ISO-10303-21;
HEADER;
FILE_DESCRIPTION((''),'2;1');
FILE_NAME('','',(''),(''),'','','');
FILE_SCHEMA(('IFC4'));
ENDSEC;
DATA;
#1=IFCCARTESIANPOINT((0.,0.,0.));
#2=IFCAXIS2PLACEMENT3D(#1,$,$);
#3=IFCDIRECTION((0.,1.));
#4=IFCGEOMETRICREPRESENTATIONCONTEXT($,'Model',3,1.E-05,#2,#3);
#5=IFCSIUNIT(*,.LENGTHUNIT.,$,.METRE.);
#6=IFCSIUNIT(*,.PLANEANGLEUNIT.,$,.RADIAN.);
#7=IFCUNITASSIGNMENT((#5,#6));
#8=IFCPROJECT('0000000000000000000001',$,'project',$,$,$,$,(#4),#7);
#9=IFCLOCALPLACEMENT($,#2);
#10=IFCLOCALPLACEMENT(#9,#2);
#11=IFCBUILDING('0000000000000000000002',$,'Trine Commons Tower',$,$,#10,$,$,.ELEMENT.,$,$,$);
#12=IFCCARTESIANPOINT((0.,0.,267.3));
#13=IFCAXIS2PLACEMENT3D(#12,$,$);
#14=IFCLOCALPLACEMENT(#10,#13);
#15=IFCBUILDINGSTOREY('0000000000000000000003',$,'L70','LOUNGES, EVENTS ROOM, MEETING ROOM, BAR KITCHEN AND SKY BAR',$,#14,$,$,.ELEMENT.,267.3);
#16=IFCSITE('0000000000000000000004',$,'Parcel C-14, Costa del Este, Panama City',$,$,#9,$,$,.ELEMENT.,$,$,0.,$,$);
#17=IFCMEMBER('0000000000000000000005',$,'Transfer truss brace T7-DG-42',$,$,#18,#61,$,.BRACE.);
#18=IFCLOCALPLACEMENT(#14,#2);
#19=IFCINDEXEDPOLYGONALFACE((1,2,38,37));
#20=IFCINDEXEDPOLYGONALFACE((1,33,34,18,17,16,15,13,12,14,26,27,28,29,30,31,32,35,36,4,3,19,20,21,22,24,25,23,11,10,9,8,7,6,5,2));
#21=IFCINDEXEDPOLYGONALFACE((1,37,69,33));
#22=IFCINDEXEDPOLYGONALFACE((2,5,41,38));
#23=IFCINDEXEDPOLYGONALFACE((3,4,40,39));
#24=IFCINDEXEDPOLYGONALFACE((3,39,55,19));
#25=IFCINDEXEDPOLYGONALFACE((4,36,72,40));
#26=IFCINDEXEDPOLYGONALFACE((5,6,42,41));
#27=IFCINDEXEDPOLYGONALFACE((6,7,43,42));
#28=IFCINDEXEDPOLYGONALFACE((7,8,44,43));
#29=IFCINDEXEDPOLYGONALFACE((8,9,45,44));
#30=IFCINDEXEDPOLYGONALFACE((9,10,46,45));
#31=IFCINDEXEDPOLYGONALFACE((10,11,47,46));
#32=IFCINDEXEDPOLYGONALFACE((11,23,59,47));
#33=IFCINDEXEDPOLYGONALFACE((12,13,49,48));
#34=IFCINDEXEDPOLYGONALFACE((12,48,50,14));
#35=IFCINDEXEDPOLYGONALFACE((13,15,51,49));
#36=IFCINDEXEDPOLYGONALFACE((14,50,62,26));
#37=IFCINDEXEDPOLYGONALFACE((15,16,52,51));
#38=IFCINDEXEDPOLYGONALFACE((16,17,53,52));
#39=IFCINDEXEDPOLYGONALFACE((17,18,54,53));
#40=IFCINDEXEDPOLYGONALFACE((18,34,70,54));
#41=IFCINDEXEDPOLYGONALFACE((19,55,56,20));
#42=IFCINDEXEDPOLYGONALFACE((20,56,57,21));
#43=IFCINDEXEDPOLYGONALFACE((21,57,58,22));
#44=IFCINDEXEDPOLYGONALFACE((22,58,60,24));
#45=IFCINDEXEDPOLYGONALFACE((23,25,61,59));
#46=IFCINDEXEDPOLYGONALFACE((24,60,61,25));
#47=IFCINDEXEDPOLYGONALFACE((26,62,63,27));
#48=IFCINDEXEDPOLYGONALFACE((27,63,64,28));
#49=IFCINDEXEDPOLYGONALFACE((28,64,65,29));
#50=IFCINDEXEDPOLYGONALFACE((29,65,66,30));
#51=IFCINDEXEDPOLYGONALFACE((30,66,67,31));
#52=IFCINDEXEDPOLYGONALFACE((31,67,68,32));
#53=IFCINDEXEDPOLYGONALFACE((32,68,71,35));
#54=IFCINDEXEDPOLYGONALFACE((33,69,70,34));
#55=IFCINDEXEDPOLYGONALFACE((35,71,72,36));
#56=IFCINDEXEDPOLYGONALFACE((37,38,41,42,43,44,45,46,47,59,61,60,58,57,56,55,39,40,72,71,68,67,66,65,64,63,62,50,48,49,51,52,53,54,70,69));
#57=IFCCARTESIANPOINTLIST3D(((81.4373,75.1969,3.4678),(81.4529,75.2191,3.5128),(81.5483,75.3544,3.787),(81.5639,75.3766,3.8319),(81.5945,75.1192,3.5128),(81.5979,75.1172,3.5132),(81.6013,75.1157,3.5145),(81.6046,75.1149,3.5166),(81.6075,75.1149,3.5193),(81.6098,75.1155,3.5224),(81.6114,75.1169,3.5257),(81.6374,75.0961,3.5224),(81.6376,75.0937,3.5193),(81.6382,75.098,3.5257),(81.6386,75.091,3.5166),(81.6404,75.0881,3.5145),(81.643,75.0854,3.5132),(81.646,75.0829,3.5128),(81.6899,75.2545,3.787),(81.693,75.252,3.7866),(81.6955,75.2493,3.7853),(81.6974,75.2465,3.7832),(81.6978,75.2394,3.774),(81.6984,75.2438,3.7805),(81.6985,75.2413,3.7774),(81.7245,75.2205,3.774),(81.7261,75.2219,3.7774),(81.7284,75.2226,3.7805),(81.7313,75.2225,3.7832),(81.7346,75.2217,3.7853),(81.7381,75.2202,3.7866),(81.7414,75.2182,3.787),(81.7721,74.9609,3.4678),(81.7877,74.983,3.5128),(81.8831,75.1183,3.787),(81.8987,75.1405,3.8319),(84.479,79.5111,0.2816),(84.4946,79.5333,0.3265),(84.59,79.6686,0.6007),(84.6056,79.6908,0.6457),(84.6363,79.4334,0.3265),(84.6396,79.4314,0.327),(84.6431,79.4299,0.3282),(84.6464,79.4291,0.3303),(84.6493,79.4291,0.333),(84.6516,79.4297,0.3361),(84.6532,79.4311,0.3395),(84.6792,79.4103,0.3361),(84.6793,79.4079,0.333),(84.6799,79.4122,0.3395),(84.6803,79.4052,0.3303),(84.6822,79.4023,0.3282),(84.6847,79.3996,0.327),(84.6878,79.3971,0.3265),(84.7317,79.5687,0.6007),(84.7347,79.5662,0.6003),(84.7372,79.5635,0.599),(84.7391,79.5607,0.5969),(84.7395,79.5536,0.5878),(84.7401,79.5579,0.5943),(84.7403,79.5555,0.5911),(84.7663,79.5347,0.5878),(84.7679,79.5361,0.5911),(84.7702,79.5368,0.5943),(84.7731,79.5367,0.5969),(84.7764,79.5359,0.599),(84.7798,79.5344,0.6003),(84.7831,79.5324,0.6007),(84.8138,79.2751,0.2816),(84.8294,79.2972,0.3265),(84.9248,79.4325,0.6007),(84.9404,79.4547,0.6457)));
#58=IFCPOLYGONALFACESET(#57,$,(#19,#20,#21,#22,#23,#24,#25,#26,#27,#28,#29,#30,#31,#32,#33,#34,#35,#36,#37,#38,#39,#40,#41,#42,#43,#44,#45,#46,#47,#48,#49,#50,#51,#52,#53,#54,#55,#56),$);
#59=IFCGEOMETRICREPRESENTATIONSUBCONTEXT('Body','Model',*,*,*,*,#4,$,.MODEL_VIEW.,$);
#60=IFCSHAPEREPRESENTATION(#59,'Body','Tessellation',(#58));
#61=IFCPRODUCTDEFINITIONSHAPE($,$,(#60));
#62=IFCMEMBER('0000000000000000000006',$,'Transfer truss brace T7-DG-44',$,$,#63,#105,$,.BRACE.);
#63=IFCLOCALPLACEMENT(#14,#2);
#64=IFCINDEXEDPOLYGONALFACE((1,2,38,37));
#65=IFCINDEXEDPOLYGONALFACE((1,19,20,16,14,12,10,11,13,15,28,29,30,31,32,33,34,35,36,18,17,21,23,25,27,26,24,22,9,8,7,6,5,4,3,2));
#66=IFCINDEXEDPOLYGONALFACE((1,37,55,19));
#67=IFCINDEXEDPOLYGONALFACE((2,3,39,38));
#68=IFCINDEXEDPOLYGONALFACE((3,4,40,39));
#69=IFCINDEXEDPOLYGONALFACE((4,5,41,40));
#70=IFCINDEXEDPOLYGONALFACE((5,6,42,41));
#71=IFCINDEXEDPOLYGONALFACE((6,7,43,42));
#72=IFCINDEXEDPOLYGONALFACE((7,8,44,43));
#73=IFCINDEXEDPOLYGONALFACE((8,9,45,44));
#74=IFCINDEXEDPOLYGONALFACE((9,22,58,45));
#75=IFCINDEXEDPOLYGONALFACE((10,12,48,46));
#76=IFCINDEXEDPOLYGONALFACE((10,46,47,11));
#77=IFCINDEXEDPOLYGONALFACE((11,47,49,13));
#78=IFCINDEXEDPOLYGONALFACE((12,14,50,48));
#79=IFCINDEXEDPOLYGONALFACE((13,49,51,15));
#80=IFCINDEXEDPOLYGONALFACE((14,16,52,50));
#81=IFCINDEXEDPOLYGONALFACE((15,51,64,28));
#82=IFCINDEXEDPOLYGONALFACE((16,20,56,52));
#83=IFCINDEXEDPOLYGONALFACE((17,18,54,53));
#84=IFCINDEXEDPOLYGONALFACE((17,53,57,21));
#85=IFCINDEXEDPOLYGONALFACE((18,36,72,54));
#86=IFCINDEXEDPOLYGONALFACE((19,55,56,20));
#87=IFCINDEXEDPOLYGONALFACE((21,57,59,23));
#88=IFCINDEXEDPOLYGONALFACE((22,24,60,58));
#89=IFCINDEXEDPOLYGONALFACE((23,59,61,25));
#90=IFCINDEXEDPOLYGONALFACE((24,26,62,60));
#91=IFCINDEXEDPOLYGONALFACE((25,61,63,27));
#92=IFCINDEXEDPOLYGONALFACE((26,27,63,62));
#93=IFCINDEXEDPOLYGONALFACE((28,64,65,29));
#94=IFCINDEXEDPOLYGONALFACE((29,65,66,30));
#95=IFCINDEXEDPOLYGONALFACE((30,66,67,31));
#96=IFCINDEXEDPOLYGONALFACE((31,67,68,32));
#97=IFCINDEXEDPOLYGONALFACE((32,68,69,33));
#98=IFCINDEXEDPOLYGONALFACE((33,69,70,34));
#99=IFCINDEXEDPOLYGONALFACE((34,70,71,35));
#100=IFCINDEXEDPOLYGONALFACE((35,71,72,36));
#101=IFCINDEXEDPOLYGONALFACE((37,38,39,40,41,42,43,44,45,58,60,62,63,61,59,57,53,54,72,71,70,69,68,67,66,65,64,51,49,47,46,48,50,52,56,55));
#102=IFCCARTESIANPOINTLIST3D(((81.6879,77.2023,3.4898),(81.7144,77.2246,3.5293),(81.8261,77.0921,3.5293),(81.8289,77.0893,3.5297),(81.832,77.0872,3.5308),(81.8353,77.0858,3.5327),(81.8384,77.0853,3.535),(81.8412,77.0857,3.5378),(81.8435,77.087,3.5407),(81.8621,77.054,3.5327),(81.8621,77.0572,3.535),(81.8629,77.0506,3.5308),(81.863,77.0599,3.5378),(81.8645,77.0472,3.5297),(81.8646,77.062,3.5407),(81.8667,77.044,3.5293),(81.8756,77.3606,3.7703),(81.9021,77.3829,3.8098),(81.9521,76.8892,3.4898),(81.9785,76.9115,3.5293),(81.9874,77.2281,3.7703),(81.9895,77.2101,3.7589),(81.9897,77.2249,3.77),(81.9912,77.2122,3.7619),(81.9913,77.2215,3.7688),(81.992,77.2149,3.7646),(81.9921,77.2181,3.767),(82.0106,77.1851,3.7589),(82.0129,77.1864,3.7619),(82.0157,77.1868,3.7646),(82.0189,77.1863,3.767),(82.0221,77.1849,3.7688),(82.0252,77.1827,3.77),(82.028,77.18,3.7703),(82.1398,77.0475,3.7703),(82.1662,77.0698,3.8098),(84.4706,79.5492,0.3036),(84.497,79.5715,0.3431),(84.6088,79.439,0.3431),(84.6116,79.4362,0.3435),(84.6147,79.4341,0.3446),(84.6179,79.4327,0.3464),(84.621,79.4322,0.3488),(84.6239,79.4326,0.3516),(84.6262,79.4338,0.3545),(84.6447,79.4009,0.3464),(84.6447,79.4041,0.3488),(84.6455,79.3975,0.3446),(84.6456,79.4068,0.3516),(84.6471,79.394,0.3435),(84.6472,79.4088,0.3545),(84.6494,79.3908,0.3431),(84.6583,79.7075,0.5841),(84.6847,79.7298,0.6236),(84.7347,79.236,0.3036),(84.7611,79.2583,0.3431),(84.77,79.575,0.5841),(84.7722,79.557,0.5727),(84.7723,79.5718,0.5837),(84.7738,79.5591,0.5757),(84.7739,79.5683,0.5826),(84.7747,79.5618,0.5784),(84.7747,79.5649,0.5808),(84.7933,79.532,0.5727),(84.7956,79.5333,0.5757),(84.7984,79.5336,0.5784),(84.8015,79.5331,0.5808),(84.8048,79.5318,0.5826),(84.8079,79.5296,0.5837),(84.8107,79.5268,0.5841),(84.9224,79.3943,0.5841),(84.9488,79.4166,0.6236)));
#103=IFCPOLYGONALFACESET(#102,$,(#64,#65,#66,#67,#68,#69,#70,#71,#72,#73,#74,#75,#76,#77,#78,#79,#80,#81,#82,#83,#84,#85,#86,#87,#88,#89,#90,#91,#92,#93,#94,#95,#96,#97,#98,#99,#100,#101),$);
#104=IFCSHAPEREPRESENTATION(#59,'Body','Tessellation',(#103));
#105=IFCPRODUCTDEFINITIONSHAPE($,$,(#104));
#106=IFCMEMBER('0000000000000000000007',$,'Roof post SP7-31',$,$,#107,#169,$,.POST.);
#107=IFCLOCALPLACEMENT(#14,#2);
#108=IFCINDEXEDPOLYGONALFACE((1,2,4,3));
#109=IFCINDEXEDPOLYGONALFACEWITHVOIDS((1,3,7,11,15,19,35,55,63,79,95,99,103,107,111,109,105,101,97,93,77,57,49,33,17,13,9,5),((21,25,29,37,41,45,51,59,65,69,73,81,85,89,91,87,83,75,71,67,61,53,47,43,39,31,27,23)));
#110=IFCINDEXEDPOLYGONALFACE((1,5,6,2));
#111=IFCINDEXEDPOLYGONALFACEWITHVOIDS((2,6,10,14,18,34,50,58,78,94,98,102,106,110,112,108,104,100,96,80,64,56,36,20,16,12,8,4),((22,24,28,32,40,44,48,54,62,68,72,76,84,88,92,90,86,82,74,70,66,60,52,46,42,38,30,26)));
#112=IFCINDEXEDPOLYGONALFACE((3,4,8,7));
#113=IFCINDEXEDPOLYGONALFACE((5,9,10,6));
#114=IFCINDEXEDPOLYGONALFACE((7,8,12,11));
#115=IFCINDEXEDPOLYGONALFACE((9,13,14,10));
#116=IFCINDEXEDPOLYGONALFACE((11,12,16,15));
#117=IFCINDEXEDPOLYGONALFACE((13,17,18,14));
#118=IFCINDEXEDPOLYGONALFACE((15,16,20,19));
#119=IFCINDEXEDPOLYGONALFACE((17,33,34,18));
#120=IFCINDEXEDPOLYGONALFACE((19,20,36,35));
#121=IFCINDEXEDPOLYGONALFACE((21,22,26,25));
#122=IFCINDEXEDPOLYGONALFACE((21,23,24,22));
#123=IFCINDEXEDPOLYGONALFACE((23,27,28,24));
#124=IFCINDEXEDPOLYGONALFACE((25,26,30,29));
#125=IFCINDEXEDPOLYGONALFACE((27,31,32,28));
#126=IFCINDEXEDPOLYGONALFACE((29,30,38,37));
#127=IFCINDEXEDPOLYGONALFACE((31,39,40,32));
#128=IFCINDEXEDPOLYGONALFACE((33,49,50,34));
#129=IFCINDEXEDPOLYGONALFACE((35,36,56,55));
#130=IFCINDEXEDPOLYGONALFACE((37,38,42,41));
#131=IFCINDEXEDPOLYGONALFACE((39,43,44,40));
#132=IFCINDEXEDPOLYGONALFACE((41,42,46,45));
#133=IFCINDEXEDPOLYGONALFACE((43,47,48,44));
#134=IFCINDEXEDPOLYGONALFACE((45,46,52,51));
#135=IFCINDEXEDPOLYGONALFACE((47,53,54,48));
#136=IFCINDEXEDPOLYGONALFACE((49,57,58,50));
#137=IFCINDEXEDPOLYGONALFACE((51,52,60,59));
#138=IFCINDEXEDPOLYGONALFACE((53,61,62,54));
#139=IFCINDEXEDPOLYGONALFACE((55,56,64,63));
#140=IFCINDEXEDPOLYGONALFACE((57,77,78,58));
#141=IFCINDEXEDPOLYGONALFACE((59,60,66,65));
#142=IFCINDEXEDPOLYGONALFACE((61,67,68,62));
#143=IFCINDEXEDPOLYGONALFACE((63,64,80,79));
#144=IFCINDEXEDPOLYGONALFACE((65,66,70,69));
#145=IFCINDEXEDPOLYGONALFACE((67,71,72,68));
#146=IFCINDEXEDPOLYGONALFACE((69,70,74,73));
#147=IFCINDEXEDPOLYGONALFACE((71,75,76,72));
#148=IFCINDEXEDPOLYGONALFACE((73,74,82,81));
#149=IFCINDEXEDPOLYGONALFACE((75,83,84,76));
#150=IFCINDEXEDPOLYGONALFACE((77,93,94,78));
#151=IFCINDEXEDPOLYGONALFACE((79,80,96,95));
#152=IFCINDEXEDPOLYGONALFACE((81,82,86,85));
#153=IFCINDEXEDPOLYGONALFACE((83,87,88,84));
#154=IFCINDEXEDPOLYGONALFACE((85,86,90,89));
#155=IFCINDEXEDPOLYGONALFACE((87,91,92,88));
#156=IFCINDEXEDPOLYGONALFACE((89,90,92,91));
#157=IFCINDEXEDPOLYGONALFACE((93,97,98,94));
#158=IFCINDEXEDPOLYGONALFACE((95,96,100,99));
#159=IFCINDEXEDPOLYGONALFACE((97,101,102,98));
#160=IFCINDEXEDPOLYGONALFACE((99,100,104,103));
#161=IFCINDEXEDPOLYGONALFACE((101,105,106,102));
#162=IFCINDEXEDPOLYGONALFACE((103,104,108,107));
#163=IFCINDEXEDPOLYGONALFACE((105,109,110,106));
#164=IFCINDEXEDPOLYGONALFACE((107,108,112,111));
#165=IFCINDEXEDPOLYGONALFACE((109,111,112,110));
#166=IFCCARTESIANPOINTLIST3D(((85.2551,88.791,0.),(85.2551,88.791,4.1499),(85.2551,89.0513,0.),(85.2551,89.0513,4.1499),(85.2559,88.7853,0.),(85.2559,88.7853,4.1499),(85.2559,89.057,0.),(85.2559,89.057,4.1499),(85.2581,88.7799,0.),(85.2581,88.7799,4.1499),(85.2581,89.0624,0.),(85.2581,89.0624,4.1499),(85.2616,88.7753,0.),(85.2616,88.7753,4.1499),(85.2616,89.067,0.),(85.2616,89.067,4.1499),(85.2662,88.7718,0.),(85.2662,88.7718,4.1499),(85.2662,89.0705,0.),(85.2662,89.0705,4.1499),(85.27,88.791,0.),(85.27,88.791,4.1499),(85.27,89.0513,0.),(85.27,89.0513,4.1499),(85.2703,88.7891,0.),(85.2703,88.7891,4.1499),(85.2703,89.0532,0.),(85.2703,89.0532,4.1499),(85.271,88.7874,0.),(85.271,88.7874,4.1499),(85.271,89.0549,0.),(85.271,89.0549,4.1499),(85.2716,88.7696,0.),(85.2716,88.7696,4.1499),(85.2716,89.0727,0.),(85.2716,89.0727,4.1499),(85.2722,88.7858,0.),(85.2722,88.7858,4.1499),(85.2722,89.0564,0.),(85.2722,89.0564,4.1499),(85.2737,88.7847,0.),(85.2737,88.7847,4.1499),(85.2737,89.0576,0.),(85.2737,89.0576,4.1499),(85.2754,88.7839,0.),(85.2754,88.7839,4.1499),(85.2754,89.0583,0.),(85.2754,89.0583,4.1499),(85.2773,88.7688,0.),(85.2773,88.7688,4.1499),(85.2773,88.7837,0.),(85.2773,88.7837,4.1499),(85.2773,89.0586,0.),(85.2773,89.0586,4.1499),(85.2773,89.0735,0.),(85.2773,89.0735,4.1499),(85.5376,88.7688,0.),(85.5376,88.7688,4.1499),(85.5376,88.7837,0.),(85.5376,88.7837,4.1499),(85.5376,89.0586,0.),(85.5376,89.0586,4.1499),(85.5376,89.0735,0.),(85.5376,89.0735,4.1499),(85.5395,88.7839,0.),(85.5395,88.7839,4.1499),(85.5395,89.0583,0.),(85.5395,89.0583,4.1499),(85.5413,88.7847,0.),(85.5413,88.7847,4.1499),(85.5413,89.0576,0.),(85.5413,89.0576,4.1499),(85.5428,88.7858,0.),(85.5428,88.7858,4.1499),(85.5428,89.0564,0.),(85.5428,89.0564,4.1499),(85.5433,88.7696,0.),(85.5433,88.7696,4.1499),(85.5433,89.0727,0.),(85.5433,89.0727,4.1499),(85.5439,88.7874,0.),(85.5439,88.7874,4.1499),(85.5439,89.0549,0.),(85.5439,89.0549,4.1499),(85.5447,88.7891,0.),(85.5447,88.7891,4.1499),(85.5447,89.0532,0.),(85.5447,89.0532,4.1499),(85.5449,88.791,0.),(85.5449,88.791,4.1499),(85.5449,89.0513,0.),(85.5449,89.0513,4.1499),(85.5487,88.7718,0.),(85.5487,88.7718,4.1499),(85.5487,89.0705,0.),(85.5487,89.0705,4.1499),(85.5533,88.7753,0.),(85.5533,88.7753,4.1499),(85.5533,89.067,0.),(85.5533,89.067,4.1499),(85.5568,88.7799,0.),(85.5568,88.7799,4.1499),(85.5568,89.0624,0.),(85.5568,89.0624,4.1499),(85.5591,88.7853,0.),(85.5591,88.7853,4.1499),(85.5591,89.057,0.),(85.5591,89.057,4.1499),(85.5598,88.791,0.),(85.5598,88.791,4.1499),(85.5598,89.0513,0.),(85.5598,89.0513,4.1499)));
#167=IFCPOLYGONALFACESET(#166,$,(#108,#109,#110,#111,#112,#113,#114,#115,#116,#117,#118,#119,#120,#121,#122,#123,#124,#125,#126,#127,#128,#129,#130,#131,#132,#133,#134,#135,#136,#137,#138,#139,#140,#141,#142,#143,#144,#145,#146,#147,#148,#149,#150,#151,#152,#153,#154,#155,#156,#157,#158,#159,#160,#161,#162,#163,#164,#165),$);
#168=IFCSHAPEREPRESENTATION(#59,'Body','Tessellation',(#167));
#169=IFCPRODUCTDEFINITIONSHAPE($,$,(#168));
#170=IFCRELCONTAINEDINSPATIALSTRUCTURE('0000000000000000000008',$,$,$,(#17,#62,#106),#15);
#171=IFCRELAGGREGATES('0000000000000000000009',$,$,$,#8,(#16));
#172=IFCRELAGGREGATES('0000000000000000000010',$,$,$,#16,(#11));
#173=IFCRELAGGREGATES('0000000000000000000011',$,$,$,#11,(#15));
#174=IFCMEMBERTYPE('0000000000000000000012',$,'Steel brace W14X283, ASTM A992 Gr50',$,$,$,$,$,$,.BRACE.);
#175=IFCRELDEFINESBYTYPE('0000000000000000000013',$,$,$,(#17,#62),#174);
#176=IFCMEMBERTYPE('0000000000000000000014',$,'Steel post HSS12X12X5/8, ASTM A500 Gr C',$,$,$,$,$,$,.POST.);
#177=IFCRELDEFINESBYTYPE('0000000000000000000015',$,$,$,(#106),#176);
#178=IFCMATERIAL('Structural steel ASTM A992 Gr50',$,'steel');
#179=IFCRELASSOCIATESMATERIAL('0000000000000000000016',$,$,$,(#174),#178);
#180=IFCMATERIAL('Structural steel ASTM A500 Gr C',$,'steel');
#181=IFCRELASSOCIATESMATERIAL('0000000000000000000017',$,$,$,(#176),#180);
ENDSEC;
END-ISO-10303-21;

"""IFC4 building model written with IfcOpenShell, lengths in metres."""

from ifc_helpers import new_model, si_unit, direction, frame, origin, origin_2d, place, context, subcontext, project, spatial, hollow_rectangle, i_section, extrude, material, material_profile, profile_set, type_object, element, save


model = new_model("IFC4")

# Units and contexts
model_context = context("Model", 3, precision=1e-05, world=origin(), true_north=direction((0.0, 1.0)))
body_context = subcontext(model_context, "Body", "Model", "MODEL_VIEW")
ifc_project = project(units=[si_unit("LENGTHUNIT", "METRE"), si_unit("PLANEANGLEUNIT", "RADIAN")], contexts=[model_context])

# Site, building, storey
site_placement = place(None, origin())
site = spatial("IfcSite", under=ifc_project, at=site_placement, Name="Parcel C-14, Costa del Este, Panama City", CompositionType="ELEMENT", RefElevation=0.0)
building_placement = place(site_placement, origin())
building = spatial("IfcBuilding", under=site, at=building_placement, Name="Trine Commons Tower", CompositionType="ELEMENT")
storey_placement = place(building_placement, frame((0.0, 0.0, 267.3)))
storey = spatial("IfcBuildingStorey", under=building, at=storey_placement, Name="L70", Description="LOUNGES, EVENTS ROOM, MEETING ROOM, BAR KITCHEN AND SKY BAR", CompositionType="ELEMENT", Elevation=267.3)

# Members
ifc_material_1 = material(Name="Structural steel ASTM A992 Gr50", Category="steel")
ifc_material_profile_1 = material_profile(ifc_material_1, i_section(OverallWidth=0.4097, OverallDepth=0.4253, WebThickness=0.0327, FlangeThickness=0.0525, FilletRadius=0.0151, at=origin_2d()), Name="W14X283")
ifc_profile_set_1 = profile_set([ifc_material_profile_1], Name="Structural steel ASTM A992 Gr50")
member_type_1 = type_object("IfcMemberType", Name="Steel brace W14X283, ASTM A992 Gr50", PredefinedType="BRACE", material=ifc_profile_set_1)
member_1_placement = place(storey_placement, frame((84.7097, 79.4829, 0.4636), z_axis=(-0.493326, -0.699701, 0.516767), x_axis=(0.817287, -0.576231, 0.0)))
element("IfcMember", 1, at=member_1_placement, inside=storey, type_object=member_type_1, Name="Transfer truss brace T7-DG-42", PredefinedType="BRACE", context=body_context, shape_type="SweptSolid", body=[
    extrude(i_section(OverallWidth=0.4097, OverallDepth=0.4253, WebThickness=0.0327, FlangeThickness=0.0525, FilletRadius=0.0151, at=origin_2d()), origin(), (0.0, 0.0, 1.0), 6.1658),
])
member_2_placement = place(storey_placement, frame((84.7097, 79.4829, 0.4636), z_axis=(-0.575207, -0.485126, 0.658627), x_axis=(0.644712, -0.764426, 0.0)))
element("IfcMember", 2, at=member_2_placement, inside=storey, type_object=member_type_1, Name="Transfer truss brace T7-DG-44", PredefinedType="BRACE", context=body_context, shape_type="SweptSolid", body=[
    extrude(i_section(OverallWidth=0.4097, OverallDepth=0.4253, WebThickness=0.0327, FlangeThickness=0.0525, FilletRadius=0.0151, at=origin_2d()), origin(), (0.0, 0.0, 1.0), 4.8376),
])
ifc_material_2 = material(Name="Structural steel ASTM A500 Gr C", Category="steel")
ifc_material_profile_2 = material_profile(ifc_material_2, hollow_rectangle(XDim=0.3047, YDim=0.3047, WallThickness=0.0149, InnerFilletRadius=0.0073, OuterFilletRadius=0.0222, at=origin_2d()), Name="HSS12X12X5/8")
ifc_profile_set_2 = profile_set([ifc_material_profile_2], Name="Structural steel ASTM A500 Gr C")
member_type_2 = type_object("IfcMemberType", Name="Steel post HSS12X12X5/8, ASTM A500 Gr C", PredefinedType="POST", material=ifc_profile_set_2)
for number, where, z_axis, x_axis, name in (
    (3, (85.4075, 88.9211, 0.0), (0.0, 0.0, 1.0), (1.0, 0.0, 0.0), "Roof post SP7-31"),
):
    element("IfcMember", number, at=place(storey_placement, frame(where, z_axis=z_axis, x_axis=x_axis)), inside=storey, type_object=member_type_2, Name=name, PredefinedType="POST", context=body_context, shape_type="SweptSolid", body=[
        extrude(hollow_rectangle(XDim=0.3047, YDim=0.3047, WallThickness=0.0149, InnerFilletRadius=0.0073, OuterFilletRadius=0.0222, at=origin_2d()), origin(), (0.0, 0.0, 1.0), 4.1499),
    ])

save(model, "model.ifc")
